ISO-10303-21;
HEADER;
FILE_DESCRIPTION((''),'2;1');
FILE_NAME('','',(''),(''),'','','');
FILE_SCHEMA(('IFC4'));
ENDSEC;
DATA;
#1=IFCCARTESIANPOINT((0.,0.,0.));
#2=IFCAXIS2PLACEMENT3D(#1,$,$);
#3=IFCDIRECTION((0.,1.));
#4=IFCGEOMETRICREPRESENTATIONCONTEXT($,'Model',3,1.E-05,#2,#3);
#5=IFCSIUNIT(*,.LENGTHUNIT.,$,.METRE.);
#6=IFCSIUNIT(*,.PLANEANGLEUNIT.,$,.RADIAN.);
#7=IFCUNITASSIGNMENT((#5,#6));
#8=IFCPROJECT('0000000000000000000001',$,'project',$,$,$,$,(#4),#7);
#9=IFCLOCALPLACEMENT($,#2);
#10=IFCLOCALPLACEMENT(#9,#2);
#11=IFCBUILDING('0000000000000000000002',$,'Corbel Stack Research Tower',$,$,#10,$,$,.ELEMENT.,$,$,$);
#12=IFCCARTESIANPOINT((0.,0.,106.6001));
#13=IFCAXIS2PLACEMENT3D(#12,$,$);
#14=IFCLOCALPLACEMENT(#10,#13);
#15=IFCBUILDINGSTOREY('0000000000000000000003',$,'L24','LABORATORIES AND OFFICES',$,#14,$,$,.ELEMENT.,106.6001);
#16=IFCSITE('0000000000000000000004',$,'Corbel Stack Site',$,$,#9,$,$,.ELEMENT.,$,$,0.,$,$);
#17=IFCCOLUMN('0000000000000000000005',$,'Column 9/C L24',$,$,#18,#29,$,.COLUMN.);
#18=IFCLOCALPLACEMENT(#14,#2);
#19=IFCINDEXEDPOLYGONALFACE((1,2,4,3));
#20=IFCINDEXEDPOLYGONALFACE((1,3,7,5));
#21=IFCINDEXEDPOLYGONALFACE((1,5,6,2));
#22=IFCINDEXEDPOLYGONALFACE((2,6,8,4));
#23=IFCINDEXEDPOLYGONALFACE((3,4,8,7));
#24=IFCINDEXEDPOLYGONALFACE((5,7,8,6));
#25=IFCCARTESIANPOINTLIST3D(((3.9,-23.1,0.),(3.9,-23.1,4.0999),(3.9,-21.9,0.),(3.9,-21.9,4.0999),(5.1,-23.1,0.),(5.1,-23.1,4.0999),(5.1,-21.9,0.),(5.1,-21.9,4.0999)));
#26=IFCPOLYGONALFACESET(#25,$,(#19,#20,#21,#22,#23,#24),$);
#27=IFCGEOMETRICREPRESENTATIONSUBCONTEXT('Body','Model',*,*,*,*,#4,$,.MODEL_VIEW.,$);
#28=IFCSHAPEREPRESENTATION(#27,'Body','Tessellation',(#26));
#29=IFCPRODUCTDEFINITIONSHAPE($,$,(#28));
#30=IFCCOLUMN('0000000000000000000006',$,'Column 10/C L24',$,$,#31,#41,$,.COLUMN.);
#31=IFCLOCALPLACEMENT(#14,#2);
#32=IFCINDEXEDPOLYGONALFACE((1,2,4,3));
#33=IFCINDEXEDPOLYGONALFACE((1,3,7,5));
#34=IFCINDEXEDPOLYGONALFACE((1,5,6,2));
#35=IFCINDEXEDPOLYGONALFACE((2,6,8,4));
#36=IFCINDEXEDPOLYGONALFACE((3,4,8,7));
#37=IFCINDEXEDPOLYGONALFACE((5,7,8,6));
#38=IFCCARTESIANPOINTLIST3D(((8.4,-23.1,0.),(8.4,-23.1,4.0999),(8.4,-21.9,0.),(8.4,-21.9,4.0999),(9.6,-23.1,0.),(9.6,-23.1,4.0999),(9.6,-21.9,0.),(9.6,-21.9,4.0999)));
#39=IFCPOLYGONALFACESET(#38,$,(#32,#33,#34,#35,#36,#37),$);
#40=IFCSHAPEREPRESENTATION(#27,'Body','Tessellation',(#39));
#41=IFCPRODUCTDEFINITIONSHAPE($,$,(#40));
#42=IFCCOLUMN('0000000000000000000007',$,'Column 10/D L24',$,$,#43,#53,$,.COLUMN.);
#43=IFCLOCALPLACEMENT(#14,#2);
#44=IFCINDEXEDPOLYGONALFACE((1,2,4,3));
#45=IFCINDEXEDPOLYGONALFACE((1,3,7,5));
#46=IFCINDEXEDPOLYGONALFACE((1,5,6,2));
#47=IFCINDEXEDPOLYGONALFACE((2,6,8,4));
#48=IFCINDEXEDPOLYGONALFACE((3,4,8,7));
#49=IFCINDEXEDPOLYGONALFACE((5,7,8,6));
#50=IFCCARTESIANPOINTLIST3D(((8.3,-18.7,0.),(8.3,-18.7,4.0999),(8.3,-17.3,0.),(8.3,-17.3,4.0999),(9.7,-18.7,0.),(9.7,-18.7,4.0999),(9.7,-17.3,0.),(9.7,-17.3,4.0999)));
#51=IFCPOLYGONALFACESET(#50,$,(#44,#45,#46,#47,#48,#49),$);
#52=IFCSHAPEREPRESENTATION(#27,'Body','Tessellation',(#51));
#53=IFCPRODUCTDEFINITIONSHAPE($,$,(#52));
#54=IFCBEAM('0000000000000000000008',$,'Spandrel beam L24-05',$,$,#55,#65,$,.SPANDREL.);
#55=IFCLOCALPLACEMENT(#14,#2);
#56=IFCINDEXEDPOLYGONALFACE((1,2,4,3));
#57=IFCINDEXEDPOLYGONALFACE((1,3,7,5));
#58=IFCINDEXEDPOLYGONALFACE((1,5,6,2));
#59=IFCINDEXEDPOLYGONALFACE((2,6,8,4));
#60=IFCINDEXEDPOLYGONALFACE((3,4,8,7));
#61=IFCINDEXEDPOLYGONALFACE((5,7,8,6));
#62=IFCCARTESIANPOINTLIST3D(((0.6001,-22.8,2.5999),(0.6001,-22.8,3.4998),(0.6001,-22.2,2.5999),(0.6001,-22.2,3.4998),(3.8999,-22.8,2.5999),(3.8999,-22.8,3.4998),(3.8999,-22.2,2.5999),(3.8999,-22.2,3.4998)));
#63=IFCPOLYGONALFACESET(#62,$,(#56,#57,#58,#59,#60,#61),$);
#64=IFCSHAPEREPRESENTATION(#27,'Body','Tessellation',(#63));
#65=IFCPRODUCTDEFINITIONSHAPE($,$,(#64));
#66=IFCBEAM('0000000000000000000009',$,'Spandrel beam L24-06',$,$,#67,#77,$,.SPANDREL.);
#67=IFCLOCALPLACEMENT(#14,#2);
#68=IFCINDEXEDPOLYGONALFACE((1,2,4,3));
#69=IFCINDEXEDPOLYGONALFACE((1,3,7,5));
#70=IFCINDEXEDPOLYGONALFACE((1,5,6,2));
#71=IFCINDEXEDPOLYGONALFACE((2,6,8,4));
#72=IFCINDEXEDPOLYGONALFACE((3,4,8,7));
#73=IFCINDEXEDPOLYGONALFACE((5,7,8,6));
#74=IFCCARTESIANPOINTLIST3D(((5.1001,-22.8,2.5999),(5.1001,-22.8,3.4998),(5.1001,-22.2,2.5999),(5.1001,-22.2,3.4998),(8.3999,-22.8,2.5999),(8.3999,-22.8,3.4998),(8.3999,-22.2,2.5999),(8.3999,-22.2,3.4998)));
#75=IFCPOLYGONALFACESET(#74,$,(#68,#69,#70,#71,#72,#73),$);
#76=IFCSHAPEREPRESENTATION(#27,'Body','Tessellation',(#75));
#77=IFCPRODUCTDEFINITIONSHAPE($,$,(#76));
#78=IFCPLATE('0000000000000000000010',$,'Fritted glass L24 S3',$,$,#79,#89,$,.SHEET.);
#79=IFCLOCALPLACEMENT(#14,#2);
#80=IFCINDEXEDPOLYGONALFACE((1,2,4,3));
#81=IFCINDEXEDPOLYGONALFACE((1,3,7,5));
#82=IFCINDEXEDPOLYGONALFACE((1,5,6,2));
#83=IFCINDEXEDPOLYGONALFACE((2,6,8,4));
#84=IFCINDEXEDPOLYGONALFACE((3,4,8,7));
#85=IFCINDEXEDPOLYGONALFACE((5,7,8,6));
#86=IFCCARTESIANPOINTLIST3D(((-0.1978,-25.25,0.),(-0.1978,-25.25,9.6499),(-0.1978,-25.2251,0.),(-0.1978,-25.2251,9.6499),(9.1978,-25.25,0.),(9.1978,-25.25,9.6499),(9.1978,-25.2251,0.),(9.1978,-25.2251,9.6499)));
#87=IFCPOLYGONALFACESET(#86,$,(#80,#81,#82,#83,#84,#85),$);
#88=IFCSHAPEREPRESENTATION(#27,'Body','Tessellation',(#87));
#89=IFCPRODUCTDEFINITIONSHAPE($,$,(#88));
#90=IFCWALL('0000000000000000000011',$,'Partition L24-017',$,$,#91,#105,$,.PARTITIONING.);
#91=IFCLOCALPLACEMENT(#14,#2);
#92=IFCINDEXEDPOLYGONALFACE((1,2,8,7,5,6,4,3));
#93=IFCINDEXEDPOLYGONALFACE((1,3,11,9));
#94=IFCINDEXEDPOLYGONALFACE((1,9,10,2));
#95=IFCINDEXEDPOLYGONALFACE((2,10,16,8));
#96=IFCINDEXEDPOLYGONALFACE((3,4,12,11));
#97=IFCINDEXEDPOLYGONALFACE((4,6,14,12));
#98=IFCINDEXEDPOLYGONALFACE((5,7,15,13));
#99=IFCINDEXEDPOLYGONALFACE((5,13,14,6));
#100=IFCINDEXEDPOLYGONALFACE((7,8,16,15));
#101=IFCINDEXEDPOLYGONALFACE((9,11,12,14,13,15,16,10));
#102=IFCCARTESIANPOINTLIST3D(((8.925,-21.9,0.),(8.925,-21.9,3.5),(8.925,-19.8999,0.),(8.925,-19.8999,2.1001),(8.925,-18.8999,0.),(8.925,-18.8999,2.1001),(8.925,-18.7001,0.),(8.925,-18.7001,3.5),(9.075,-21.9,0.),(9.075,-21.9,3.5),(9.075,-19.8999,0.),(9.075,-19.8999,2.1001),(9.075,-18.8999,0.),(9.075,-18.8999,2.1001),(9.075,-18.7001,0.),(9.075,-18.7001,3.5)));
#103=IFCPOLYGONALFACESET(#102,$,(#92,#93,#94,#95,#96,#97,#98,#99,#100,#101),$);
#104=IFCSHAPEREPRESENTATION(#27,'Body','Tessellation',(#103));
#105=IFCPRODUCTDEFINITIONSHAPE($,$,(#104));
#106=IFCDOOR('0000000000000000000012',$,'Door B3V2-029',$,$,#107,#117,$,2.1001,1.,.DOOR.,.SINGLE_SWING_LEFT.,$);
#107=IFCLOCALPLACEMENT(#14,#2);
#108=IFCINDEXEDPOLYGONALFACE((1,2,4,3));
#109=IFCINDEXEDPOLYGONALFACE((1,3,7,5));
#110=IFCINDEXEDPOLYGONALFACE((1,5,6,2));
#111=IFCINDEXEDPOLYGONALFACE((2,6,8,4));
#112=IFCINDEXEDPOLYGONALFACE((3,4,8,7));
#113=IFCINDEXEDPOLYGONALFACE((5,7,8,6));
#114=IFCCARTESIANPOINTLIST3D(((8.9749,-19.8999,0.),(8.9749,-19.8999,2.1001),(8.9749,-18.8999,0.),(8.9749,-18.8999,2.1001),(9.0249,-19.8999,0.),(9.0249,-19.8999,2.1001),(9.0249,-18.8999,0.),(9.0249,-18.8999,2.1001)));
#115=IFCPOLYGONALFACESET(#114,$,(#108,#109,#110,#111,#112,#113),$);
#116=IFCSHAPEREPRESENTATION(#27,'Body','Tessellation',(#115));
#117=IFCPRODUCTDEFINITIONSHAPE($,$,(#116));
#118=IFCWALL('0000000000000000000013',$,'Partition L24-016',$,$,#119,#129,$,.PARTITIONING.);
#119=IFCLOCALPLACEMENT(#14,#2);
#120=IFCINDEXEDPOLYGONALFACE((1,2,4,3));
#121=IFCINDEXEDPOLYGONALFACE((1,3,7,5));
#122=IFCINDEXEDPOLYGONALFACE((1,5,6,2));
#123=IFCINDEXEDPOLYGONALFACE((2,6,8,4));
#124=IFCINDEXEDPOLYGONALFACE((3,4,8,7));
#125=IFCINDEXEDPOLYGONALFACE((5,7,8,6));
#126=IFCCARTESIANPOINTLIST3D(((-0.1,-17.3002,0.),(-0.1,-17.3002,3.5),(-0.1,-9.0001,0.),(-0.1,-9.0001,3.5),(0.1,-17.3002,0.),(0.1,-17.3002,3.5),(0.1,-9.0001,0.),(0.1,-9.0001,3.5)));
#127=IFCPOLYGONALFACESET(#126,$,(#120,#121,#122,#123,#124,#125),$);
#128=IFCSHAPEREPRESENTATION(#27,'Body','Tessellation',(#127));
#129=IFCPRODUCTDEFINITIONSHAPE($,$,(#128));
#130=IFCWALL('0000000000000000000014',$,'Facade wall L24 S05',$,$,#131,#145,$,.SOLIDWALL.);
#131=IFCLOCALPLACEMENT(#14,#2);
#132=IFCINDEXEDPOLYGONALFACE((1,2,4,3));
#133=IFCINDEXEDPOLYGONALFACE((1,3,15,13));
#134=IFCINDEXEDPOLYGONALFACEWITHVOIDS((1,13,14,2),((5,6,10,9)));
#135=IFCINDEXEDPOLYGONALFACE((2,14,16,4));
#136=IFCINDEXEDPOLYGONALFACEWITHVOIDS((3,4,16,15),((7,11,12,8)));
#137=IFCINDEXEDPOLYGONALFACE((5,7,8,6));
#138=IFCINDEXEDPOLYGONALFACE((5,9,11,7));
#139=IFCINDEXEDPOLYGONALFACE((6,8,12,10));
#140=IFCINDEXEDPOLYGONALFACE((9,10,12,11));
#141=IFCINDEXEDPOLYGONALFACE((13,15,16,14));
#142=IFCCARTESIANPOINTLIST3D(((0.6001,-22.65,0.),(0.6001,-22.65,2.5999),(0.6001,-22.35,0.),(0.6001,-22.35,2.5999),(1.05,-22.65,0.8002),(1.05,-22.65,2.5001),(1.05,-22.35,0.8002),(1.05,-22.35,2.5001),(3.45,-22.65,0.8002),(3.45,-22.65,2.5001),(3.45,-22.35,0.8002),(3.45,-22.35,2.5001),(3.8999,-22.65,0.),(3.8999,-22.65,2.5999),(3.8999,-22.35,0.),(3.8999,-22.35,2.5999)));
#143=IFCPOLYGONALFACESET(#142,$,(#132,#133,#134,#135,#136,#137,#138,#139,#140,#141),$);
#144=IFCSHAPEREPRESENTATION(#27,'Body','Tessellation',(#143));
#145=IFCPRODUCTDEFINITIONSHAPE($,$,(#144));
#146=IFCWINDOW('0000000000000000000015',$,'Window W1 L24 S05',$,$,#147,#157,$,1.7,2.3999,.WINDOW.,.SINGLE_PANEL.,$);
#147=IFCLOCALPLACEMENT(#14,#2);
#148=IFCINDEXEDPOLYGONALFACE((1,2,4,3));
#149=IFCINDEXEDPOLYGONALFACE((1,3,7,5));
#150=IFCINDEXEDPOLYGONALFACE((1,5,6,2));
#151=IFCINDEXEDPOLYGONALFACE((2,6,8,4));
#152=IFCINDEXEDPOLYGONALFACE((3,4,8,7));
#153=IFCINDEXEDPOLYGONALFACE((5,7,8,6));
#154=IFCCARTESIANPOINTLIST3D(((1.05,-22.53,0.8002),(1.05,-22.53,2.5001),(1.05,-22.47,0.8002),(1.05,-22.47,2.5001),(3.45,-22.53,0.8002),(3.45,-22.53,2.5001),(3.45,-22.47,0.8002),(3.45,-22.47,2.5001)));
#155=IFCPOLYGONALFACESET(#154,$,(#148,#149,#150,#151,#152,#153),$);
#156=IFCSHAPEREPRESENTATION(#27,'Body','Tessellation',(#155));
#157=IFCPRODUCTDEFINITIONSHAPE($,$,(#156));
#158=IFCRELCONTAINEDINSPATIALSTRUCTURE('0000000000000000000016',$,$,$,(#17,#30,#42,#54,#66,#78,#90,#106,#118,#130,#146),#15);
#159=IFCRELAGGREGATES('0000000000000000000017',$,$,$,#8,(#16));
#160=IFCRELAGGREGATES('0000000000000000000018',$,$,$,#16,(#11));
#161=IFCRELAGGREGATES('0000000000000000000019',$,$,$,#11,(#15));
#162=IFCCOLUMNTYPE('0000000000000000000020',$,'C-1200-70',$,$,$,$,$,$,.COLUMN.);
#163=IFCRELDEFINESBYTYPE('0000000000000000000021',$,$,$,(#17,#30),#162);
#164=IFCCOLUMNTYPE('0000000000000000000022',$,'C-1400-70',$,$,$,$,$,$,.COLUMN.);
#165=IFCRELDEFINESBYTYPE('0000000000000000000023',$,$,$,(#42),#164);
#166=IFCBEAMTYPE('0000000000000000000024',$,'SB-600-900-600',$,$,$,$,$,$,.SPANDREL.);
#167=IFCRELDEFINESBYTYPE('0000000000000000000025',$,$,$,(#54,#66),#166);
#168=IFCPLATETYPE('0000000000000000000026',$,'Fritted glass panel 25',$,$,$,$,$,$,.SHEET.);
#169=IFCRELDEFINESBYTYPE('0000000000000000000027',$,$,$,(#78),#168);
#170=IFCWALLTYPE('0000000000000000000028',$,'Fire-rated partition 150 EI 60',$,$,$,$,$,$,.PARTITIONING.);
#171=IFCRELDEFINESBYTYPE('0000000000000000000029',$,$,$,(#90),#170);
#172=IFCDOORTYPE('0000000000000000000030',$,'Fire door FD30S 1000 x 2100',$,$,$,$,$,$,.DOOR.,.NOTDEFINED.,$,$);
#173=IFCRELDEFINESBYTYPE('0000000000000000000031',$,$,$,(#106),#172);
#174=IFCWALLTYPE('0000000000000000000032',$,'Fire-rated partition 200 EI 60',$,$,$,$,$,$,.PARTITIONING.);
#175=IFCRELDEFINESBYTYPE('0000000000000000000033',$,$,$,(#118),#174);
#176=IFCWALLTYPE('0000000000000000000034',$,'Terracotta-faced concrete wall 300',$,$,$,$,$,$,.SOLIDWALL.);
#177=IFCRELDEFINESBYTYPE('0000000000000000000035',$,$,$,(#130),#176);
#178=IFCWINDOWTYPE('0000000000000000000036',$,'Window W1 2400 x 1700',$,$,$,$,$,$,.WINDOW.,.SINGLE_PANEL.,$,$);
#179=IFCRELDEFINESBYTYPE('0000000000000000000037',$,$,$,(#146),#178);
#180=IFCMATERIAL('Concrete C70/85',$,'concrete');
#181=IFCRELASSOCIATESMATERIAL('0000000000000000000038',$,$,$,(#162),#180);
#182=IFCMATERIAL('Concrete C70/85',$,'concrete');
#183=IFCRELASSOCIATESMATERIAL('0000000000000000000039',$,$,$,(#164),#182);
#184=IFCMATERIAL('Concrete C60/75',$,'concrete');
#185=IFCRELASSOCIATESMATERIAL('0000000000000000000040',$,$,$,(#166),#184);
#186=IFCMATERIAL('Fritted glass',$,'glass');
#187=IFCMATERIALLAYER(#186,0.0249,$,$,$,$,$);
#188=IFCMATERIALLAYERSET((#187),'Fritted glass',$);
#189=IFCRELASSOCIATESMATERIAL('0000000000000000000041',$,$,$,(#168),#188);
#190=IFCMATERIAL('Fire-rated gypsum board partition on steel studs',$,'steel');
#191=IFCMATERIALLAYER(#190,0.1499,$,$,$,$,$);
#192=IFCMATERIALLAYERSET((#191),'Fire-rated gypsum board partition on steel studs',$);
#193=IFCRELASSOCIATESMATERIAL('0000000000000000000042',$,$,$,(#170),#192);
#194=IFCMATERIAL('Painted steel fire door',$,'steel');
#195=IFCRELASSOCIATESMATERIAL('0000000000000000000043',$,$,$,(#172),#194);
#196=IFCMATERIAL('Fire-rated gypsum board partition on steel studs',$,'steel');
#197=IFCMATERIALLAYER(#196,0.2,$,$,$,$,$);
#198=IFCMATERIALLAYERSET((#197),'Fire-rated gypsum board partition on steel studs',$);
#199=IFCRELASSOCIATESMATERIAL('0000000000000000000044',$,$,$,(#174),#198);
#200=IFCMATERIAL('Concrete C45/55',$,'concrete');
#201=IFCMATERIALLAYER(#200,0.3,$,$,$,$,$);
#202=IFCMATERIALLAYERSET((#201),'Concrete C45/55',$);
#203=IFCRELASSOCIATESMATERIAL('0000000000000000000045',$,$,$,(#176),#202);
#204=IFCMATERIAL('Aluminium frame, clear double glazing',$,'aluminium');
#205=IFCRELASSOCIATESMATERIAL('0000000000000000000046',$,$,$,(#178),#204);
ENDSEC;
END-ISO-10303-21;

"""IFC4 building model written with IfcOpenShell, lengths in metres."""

from ifc_helpers import new_model, si_unit, direction, frame, frame_2d, origin, origin_2d, place, context, subcontext, project, spatial, rectangle, extrude, material, layer, layer_set, material_profile, profile_set, type_object, element, fill, save


model = new_model("IFC4")

# Units and contexts
model_context = context("Model", 3, precision=1e-05, world=origin(), true_north=direction((0.0, 1.0)))
body_context = subcontext(model_context, "Body", "Model", "MODEL_VIEW")
ifc_project = project(units=[si_unit("LENGTHUNIT", "METRE"), si_unit("PLANEANGLEUNIT", "RADIAN")], contexts=[model_context])

# Site, building, storey
site_placement = place(None, origin())
site = spatial("IfcSite", under=ifc_project, at=site_placement, Name="Corbel Stack Site", CompositionType="ELEMENT", RefElevation=0.0)
building_placement = place(site_placement, origin())
building = spatial("IfcBuilding", under=site, at=building_placement, Name="Corbel Stack Research Tower", CompositionType="ELEMENT")
storey_placement = place(building_placement, frame((0.0, 0.0, 106.6001)))
storey = spatial("IfcBuildingStorey", under=building, at=storey_placement, Name="L24", Description="LABORATORIES AND OFFICES", CompositionType="ELEMENT", Elevation=106.6001)

# Columns
ifc_material_1 = material(Name="Concrete C70/85", Category="concrete")
ifc_material_profile_1 = material_profile(ifc_material_1, rectangle(XDim=1.2, YDim=1.2, at=origin_2d()), Name="RC 1200 x 1200")
ifc_profile_set_1 = profile_set([ifc_material_profile_1], Name="Concrete C70/85")
column_type_1 = type_object("IfcColumnType", Name="C-1200-70", PredefinedType="COLUMN", material=ifc_profile_set_1)
for number, where, z_axis, x_axis, name in (
    (1, (4.5, -22.5, 0.0), (0.0, 0.0, 1.0), (1.0, 0.0, 0.0), "Column 9/C L24"),
    (2, (9.0, -22.5, 0.0), (0.0, 0.0, 1.0), (1.0, 0.0, 0.0), "Column 10/C L24"),
):
    element("IfcColumn", number, at=place(storey_placement, frame(where, z_axis=z_axis, x_axis=x_axis)), inside=storey, type_object=column_type_1, Name=name, PredefinedType="COLUMN", context=body_context, shape_type="SweptSolid", body=[
        extrude(rectangle(XDim=1.2, YDim=1.2, at=origin_2d()), origin(), (0.0, 0.0, 1.0), 4.0999),
    ])
ifc_material_2 = material(Name="Concrete C70/85", Category="concrete")
ifc_material_profile_2 = material_profile(ifc_material_2, rectangle(XDim=1.3999, YDim=1.3999, at=origin_2d()), Name="RC 1400 x 1400")
ifc_profile_set_2 = profile_set([ifc_material_profile_2], Name="Concrete C70/85")
column_type_2 = type_object("IfcColumnType", Name="C-1400-70", PredefinedType="COLUMN", material=ifc_profile_set_2)
column_placement = place(storey_placement, frame((9.0, -18.0, 0.0), z_axis=(0.0, 0.0, 1.0), x_axis=(1.0, 0.0, 0.0)))
element("IfcColumn", 3, at=column_placement, inside=storey, type_object=column_type_2, Name="Column 10/D L24", PredefinedType="COLUMN", context=body_context, shape_type="SweptSolid", body=[
    extrude(rectangle(XDim=1.3999, YDim=1.3999, at=origin_2d()), origin(), (0.0, 0.0, 1.0), 4.0999),
])

# Beams
ifc_material_3 = material(Name="Concrete C60/75", Category="concrete")
ifc_material_profile_3 = material_profile(ifc_material_3, rectangle(XDim=0.6001, YDim=0.8999, at=origin_2d()), Name="RC 600 x 900")
ifc_profile_set_3 = profile_set([ifc_material_profile_3], Name="Concrete C60/75")
beam_type = type_object("IfcBeamType", Name="SB-600-900-600", PredefinedType="SPANDREL", material=ifc_profile_set_3)
for number, where, z_axis, x_axis, name in (
    (4, (0.6001, -22.5, 3.0498), (1.0, 0.0, 0.0), (0.0, 1.0, 0.0), "Spandrel beam L24-05"),
    (5, (5.1001, -22.5, 3.0498), (1.0, 0.0, 0.0), (0.0, 1.0, 0.0), "Spandrel beam L24-06"),
):
    element("IfcBeam", number, at=place(storey_placement, frame(where, z_axis=z_axis, x_axis=x_axis)), inside=storey, type_object=beam_type, Name=name, PredefinedType="SPANDREL", context=body_context, shape_type="SweptSolid", body=[
        extrude(rectangle(XDim=0.6001, YDim=0.8999, at=origin_2d()), origin(), (0.0, 0.0, 1.0), 3.2998),
    ])

# Plate
ifc_material_4 = material(Name="Fritted glass", Category="glass")
ifc_layer_1 = layer(ifc_material_4, 0.0249)
ifc_layer_set_1 = layer_set([ifc_layer_1], Name="Fritted glass")
plate_type = type_object("IfcPlateType", Name="Fritted glass panel 25", PredefinedType="SHEET", material=ifc_layer_set_1)
plate_placement = place(storey_placement, frame((4.5, -25.2375, 0.0), z_axis=(0.0, 0.0, 1.0), x_axis=(1.0, 0.0, 0.0)))
element("IfcPlate", 6, at=plate_placement, inside=storey, type_object=plate_type, Name="Fritted glass L24 S3", PredefinedType="SHEET", context=body_context, shape_type="SweptSolid", body=[
    extrude(rectangle(XDim=9.3955, YDim=0.0249, at=origin_2d()), origin(), (0.0, 0.0, 1.0), 9.6499),
])

# Wall, opening, door
ifc_material_5 = material(Name="Fire-rated gypsum board partition on steel studs", Category="steel")
ifc_layer_2 = layer(ifc_material_5, 0.1499)
ifc_layer_set_2 = layer_set([ifc_layer_2], Name="Fire-rated gypsum board partition on steel studs")
wall_type_1 = type_object("IfcWallType", Name="Fire-rated partition 150 EI 60", PredefinedType="PARTITIONING", material=ifc_layer_set_2)
wall_1_placement = place(storey_placement, frame((9.0, -18.7, 0.0), z_axis=(0.0, 0.0, 1.0), x_axis=(0.0, -1.0, 0.0)))
wall_1 = element("IfcWall", 7, at=wall_1_placement, inside=storey, type_object=wall_type_1, Name="Partition L24-017", PredefinedType="PARTITIONING", context=body_context, shape_type="SweptSolid", body=[
    extrude(rectangle(XDim=3.2, YDim=0.1499, at=frame_2d((1.6001, 0.0))), origin(), (0.0, 0.0, 1.0), 3.5),
])
opening_1_placement = place(wall_1_placement, frame((0.2, 0.0, 0.0)))
opening_1 = element("IfcOpeningElement", 8, at=opening_1_placement, cuts=wall_1, PredefinedType="OPENING", context=body_context, shape_type="SweptSolid", body=[
    extrude(rectangle(XDim=1.0, YDim=2.1001, at=frame_2d((0.5, 1.05))), frame((0.0, 0.085, 0.0), z_axis=(0.0, -1.0, 0.0), x_axis=(1.0, 0.0, 0.0)), (0.0, 0.0, 1.0), 0.1699),
])
ifc_material_6 = material(Name="Painted steel fire door", Category="steel")
door_type_1 = type_object("IfcDoorType", Name="Fire door FD30S 1000 x 2100", OperationType="NOTDEFINED", PredefinedType="DOOR", material=ifc_material_6)
door_1_placement = place(opening_1_placement, origin())
door_1 = element("IfcDoor", 9, at=door_1_placement, inside=storey, type_object=door_type_1, Name="Door B3V2-029", OperationType="SINGLE_SWING_LEFT", OverallHeight=2.1001, OverallWidth=1.0, PredefinedType="DOOR", context=body_context, shape_type="SweptSolid", body=[
    extrude(rectangle(XDim=1.0, YDim=2.1001, at=frame_2d((0.5, 1.05))), frame((0.0, 0.0249, 0.0), z_axis=(0.0, -1.0, 0.0), x_axis=(1.0, 0.0, 0.0)), (0.0, 0.0, 1.0), 0.05),
])
fill(opening_1, door_1)

# Wall
ifc_material_7 = material(Name="Fire-rated gypsum board partition on steel studs", Category="steel")
ifc_layer_3 = layer(ifc_material_7, 0.2)
ifc_layer_set_3 = layer_set([ifc_layer_3], Name="Fire-rated gypsum board partition on steel studs")
wall_type_2 = type_object("IfcWallType", Name="Fire-rated partition 200 EI 60", PredefinedType="PARTITIONING", material=ifc_layer_set_3)
wall_2_placement = place(storey_placement, frame((0.0, -17.3, 0.0), z_axis=(0.0, 0.0, 1.0), x_axis=(0.0, 1.0, 0.0)))
element("IfcWall", 10, at=wall_2_placement, inside=storey, type_object=wall_type_2, Name="Partition L24-016", PredefinedType="PARTITIONING", context=body_context, shape_type="SweptSolid", body=[
    extrude(rectangle(XDim=8.3, YDim=0.2, at=frame_2d((4.1499, 0.0))), origin(), (0.0, 0.0, 1.0), 3.5),
])

# Wall, opening, window
ifc_material_8 = material(Name="Concrete C45/55", Category="concrete")
ifc_layer_4 = layer(ifc_material_8, 0.3)
ifc_layer_set_4 = layer_set([ifc_layer_4], Name="Concrete C45/55")
wall_type_3 = type_object("IfcWallType", Name="Terracotta-faced concrete wall 300", PredefinedType="SOLIDWALL", material=ifc_layer_set_4)
wall_3_placement = place(storey_placement, frame((3.8999, -22.5, 0.0), z_axis=(0.0, 0.0, 1.0), x_axis=(-1.0, 0.0, 0.0)))
wall_3 = element("IfcWall", 11, at=wall_3_placement, inside=storey, type_object=wall_type_3, Name="Facade wall L24 S05", PredefinedType="SOLIDWALL", context=body_context, shape_type="SweptSolid", body=[
    extrude(rectangle(XDim=3.2998, YDim=0.3, at=frame_2d((1.6499, 0.0))), origin(), (0.0, 0.0, 1.0), 2.5999),
])
opening_2_placement = place(wall_3_placement, frame((0.45, 0.0, 0.8)))
opening_2 = element("IfcOpeningElement", 12, at=opening_2_placement, cuts=wall_3, PredefinedType="OPENING", context=body_context, shape_type="SweptSolid", body=[
    extrude(rectangle(XDim=2.3999, YDim=1.7, at=frame_2d((1.2, 0.8501))), frame((0.0, 0.1599, 0.0), z_axis=(0.0, -1.0, 0.0), x_axis=(1.0, 0.0, 0.0)), (0.0, 0.0, 1.0), 0.3201),
])
ifc_material_9 = material(Name="Aluminium frame, clear double glazing", Category="aluminium")
window_type = type_object("IfcWindowType", Name="Window W1 2400 x 1700", PartitioningType="SINGLE_PANEL", PredefinedType="WINDOW", material=ifc_material_9)
window_1_placement = place(opening_2_placement, origin())
window_1 = element("IfcWindow", 13, at=window_1_placement, inside=storey, type_object=window_type, Name="Window W1 L24 S05", OverallHeight=1.7, OverallWidth=2.3999, PartitioningType="SINGLE_PANEL", PredefinedType="WINDOW", context=body_context, shape_type="SweptSolid", body=[
    extrude(rectangle(XDim=2.3999, YDim=1.7, at=frame_2d((1.2, 0.8501))), frame((0.0, 0.03, 0.0), z_axis=(0.0, -1.0, 0.0), x_axis=(1.0, 0.0, 0.0)), (0.0, 0.0, 1.0), 0.0601),
])
fill(opening_2, window_1)

save(model, "model.ifc")
